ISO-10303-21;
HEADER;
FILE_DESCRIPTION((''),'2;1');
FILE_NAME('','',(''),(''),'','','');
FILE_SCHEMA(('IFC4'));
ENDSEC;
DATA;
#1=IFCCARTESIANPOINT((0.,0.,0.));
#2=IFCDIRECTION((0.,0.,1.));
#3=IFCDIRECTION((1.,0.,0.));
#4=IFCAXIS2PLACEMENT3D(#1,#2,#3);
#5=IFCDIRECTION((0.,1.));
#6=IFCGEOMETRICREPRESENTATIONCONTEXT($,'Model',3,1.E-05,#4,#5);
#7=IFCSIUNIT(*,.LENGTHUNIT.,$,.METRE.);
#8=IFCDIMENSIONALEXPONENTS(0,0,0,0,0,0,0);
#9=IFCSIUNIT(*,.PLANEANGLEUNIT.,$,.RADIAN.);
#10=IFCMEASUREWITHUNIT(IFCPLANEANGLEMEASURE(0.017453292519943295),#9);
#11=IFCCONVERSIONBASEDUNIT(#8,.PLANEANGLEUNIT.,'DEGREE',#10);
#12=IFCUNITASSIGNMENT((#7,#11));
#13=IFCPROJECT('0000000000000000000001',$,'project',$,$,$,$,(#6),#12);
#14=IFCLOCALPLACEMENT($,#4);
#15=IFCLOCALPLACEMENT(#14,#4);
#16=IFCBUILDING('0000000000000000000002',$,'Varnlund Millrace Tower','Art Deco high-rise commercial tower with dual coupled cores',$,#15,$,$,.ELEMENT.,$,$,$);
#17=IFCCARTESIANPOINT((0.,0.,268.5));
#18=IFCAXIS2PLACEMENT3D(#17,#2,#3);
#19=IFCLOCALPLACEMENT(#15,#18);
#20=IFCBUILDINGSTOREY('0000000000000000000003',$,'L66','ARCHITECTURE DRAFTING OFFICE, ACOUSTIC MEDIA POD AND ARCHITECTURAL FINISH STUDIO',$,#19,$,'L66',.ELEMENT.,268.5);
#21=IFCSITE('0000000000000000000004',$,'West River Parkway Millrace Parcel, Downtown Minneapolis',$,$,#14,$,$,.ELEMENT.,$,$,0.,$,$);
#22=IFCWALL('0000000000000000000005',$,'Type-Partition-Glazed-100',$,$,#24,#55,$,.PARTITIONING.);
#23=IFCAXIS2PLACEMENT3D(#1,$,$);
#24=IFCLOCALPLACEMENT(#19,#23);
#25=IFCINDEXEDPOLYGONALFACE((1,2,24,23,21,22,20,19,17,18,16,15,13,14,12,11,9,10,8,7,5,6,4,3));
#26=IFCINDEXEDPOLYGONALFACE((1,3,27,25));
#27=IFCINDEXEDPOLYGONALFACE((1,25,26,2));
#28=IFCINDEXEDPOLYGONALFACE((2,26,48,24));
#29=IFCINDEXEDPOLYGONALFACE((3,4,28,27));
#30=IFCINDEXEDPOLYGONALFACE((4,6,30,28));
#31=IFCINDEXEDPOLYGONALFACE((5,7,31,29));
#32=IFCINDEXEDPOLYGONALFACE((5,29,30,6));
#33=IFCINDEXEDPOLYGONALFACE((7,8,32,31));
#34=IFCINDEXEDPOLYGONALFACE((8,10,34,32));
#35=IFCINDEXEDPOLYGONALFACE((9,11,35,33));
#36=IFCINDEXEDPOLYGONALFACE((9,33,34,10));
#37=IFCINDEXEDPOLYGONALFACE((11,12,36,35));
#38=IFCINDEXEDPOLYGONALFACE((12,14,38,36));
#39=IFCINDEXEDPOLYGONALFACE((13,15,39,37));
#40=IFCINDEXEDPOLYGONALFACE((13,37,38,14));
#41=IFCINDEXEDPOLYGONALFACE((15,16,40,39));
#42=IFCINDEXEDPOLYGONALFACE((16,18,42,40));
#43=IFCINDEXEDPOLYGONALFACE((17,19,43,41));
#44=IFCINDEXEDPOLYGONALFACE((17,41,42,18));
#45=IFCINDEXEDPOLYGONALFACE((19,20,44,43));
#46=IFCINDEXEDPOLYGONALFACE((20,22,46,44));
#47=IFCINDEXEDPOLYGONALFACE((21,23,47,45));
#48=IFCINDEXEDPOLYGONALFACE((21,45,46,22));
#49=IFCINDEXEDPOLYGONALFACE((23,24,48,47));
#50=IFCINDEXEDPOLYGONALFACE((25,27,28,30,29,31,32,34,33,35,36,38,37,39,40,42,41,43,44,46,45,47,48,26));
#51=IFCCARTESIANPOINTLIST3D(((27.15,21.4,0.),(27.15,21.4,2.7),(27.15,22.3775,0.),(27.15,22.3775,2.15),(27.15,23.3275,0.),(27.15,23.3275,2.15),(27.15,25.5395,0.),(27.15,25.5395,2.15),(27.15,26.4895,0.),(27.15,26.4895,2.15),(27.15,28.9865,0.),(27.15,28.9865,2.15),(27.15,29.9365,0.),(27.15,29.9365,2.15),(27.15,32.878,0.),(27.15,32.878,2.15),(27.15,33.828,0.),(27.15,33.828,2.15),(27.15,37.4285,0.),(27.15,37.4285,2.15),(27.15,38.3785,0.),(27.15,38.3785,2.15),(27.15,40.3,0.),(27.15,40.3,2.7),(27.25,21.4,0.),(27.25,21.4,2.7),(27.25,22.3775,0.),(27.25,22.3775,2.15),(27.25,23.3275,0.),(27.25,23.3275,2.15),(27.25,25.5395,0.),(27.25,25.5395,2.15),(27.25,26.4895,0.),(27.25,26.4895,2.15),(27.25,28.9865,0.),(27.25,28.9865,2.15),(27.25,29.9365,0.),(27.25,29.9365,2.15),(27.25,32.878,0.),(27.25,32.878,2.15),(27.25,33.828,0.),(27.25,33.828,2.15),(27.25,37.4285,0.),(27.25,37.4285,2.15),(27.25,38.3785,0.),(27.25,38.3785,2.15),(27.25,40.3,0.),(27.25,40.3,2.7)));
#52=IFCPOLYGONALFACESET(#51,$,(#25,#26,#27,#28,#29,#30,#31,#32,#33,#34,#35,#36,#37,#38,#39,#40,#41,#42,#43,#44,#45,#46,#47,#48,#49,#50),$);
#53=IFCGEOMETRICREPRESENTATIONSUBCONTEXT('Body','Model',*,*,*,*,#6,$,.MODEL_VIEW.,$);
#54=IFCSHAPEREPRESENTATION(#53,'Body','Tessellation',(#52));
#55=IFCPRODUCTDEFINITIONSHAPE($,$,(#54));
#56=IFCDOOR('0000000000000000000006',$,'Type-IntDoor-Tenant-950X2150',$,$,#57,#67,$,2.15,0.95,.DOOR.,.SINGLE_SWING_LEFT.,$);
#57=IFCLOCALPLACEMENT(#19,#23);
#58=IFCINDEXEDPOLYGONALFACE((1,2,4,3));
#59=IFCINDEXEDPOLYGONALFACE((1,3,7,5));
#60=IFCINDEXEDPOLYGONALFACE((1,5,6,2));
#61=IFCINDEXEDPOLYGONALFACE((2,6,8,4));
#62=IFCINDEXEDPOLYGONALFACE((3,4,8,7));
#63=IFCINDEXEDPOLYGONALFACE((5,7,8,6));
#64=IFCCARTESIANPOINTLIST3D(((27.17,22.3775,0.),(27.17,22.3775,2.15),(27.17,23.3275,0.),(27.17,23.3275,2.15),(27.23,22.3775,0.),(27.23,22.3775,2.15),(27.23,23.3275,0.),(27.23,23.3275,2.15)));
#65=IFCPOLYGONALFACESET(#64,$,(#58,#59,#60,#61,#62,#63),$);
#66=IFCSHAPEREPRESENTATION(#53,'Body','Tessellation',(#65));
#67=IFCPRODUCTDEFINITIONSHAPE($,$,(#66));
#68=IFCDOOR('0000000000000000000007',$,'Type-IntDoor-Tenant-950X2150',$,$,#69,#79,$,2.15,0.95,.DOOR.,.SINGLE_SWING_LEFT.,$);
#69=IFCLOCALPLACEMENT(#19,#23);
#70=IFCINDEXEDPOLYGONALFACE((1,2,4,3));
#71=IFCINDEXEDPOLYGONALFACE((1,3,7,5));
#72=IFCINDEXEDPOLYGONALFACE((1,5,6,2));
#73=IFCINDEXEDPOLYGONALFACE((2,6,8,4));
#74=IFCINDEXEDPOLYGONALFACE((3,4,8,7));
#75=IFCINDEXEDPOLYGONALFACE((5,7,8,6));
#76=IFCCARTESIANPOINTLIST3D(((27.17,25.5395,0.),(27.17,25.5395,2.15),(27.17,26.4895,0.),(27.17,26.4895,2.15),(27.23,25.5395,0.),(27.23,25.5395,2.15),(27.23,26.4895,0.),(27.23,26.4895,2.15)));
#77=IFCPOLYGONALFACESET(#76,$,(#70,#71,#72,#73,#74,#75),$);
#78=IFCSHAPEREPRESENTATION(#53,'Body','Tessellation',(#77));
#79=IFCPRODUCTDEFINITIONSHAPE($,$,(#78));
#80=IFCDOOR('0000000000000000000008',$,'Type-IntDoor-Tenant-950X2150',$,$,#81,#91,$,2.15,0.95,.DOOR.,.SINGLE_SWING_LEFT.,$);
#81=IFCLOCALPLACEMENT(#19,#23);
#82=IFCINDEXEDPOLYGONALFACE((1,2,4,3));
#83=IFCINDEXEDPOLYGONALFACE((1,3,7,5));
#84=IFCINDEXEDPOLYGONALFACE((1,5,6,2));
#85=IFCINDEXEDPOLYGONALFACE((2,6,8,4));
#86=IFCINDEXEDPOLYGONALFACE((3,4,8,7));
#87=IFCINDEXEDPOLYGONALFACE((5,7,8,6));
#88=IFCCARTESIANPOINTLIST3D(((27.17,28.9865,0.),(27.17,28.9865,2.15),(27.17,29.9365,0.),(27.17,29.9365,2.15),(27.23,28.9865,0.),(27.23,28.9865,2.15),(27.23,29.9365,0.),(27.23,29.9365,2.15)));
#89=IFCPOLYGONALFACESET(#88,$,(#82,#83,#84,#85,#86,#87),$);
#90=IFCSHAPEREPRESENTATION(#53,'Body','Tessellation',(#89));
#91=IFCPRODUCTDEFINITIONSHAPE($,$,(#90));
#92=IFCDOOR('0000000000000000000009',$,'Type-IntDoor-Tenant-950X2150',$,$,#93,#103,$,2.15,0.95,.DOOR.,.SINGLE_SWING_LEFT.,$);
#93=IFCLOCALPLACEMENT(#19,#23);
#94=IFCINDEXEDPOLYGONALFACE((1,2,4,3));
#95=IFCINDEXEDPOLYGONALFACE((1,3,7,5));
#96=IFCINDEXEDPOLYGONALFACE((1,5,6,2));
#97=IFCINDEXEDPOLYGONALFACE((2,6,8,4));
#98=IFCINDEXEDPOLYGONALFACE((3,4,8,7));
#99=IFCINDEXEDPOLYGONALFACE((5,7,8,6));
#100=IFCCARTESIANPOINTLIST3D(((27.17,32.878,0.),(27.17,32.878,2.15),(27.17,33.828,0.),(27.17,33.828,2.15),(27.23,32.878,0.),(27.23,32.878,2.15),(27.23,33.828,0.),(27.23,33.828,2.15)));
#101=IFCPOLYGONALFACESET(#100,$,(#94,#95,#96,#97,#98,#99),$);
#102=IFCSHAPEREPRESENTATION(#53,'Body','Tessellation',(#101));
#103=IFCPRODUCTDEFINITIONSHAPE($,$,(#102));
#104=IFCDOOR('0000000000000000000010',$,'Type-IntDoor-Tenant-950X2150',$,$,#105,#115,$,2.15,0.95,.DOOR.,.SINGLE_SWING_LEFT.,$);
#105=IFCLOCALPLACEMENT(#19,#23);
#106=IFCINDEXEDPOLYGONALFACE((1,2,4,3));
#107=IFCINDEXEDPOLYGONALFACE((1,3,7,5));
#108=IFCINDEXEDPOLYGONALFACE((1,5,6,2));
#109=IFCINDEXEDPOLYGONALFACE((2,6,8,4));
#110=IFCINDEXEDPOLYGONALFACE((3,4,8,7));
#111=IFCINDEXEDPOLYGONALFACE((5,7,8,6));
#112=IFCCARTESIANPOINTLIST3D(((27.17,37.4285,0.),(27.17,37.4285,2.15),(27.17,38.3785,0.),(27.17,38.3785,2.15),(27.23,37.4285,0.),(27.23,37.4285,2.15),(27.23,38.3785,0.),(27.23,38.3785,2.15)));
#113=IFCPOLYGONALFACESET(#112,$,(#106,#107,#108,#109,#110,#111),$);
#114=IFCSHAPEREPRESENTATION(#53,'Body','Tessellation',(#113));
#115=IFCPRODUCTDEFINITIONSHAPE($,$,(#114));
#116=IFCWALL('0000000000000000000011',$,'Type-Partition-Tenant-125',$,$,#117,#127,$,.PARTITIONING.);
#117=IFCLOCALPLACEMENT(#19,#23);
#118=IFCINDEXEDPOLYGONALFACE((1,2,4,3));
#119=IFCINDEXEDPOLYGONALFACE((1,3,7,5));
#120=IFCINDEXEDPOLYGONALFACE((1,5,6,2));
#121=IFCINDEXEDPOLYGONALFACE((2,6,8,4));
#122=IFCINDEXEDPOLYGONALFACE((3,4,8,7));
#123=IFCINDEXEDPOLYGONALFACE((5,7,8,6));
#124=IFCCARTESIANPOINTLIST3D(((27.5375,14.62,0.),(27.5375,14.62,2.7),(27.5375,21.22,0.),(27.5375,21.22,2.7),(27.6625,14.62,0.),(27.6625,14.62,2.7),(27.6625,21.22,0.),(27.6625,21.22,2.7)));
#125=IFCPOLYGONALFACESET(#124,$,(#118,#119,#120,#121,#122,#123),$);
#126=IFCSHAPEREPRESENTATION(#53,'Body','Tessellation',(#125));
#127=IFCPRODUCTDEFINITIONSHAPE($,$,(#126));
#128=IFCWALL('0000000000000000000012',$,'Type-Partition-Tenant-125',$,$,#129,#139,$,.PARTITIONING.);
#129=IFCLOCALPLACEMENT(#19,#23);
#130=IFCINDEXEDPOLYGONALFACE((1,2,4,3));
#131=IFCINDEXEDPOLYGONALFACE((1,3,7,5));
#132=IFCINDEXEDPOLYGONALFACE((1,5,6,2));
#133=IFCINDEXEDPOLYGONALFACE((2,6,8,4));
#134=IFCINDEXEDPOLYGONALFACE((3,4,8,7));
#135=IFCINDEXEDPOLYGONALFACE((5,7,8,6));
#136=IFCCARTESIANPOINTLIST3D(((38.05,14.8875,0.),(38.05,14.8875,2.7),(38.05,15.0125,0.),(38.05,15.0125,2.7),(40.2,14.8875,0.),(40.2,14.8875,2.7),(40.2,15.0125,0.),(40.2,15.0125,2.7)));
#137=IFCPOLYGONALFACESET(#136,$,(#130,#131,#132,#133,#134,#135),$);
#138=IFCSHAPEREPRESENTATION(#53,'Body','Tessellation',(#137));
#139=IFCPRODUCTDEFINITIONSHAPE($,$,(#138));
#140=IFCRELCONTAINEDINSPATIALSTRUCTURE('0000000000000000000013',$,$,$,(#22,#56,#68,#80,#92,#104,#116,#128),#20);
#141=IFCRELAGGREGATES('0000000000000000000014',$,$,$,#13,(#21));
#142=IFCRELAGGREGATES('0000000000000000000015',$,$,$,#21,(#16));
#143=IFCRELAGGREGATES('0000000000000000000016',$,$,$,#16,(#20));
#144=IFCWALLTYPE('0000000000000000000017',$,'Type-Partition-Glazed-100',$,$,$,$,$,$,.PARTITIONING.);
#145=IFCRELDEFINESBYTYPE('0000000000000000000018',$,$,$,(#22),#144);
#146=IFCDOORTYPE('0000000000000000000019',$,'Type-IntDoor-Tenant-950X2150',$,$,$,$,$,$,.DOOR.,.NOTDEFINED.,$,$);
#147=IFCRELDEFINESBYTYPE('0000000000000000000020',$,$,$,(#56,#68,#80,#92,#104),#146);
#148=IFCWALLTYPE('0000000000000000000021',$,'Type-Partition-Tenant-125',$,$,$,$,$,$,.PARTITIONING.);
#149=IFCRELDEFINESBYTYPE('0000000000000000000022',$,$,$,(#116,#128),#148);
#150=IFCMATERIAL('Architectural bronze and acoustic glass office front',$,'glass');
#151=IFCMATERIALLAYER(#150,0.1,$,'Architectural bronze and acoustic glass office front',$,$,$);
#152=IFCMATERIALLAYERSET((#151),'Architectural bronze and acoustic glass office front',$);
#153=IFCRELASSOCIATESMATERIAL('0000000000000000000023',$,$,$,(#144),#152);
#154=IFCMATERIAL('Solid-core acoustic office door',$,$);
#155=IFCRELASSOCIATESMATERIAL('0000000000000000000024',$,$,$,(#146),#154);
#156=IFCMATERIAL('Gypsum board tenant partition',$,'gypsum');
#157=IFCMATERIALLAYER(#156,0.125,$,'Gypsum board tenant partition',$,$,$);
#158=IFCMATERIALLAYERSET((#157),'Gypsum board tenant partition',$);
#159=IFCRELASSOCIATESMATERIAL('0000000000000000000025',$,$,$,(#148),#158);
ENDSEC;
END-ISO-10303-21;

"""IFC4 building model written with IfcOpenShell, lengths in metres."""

from ifc_helpers import new_model, entity, si_unit, converted_unit, direction, frame, origin_with_axes, origin_2d_with_axis, place, context, subcontext, project, spatial, polyline, rectangle, outline, extrude, material, layer, layer_set, type_object, element, fill, save


model = new_model("IFC4")

# Units and contexts
model_context = context("Model", 3, precision=1e-05, world=origin_with_axes(), true_north=direction((0.0, 1.0)))
body_context = subcontext(model_context, "Body", "Model", "MODEL_VIEW")
ifc_project = project(units=[si_unit("LENGTHUNIT", "METRE"), converted_unit("PLANEANGLEUNIT", "DEGREE", entity("IfcPlaneAngleMeasure", 0.017453292519943295), si_unit("PLANEANGLEUNIT", "RADIAN"), dimensions=[0, 0, 0, 0, 0, 0, 0])], contexts=[model_context])

# Site, building, storey
site_placement = place(None, origin_with_axes())
site = spatial("IfcSite", under=ifc_project, at=site_placement, Name="West River Parkway Millrace Parcel, Downtown Minneapolis", CompositionType="ELEMENT", RefElevation=0.0)
building_placement = place(site_placement, origin_with_axes())
building = spatial("IfcBuilding", under=site, at=building_placement, Name="Varnlund Millrace Tower", Description="Art Deco high-rise commercial tower with dual coupled cores", CompositionType="ELEMENT")
storey_placement = place(building_placement, frame((0.0, 0.0, 268.5), z_axis=(0.0, 0.0, 1.0), x_axis=(1.0, 0.0, 0.0)))
storey = spatial("IfcBuildingStorey", under=building, at=storey_placement, Name="L66", Description="ARCHITECTURE DRAFTING OFFICE, ACOUSTIC MEDIA POD AND ARCHITECTURAL FINISH STUDIO", LongName="L66", CompositionType="ELEMENT", Elevation=268.5)

# Wall, openings, doors
ifc_material_1 = material(Name="Architectural bronze and acoustic glass office front", Category="glass")
ifc_layer_1 = layer(ifc_material_1, 0.1, Name="Architectural bronze and acoustic glass office front")
ifc_layer_set_1 = layer_set([ifc_layer_1], Name="Architectural bronze and acoustic glass office front")
wall_type_1 = type_object("IfcWallType", Name="Type-Partition-Glazed-100", PredefinedType="PARTITIONING", material=ifc_layer_set_1)
wall_1_placement = place(storey_placement, frame((27.2, 21.4, 0.0), z_axis=(0.0, 0.0, 1.0), x_axis=(0.0, 1.0, 0.0)))
wall_1 = element("IfcWall", 1, at=wall_1_placement, inside=storey, type_object=wall_type_1, Name="Type-Partition-Glazed-100", PredefinedType="PARTITIONING", context=body_context, shape_type="SweptSolid", body=[
    extrude(outline(polyline([(0.0, -0.05), (18.9, -0.05), (18.9, 0.05), (0.0, 0.05), (0.0, -0.05)])), origin_with_axes(), (0.0, 0.0, 1.0), 2.7),
])
opening_1_placement = place(wall_1_placement, frame((1.4525, 0.0, 0.0), z_axis=(0.0, 0.0, 1.0), x_axis=(1.0, 0.0, 0.0)))
opening_1 = element("IfcOpeningElement", 2, at=opening_1_placement, cuts=wall_1, PredefinedType="OPENING", context=body_context, shape_type="SweptSolid", body=[
    extrude(rectangle(XDim=0.95, YDim=0.12, at=origin_2d_with_axis()), origin_with_axes(), (0.0, 0.0, 1.0), 2.15),
])
opening_2_placement = place(wall_1_placement, frame((4.6145, 0.0, 0.0), z_axis=(0.0, 0.0, 1.0), x_axis=(1.0, 0.0, 0.0)))
opening_2 = element("IfcOpeningElement", 3, at=opening_2_placement, cuts=wall_1, PredefinedType="OPENING", context=body_context, shape_type="SweptSolid", body=[
    extrude(rectangle(XDim=0.95, YDim=0.12, at=origin_2d_with_axis()), origin_with_axes(), (0.0, 0.0, 1.0), 2.15),
])
opening_3_placement = place(wall_1_placement, frame((8.0615, 0.0, 0.0), z_axis=(0.0, 0.0, 1.0), x_axis=(1.0, 0.0, 0.0)))
opening_3 = element("IfcOpeningElement", 4, at=opening_3_placement, cuts=wall_1, PredefinedType="OPENING", context=body_context, shape_type="SweptSolid", body=[
    extrude(rectangle(XDim=0.95, YDim=0.12, at=origin_2d_with_axis()), origin_with_axes(), (0.0, 0.0, 1.0), 2.15),
])
opening_4_placement = place(wall_1_placement, frame((11.953, 0.0, 0.0), z_axis=(0.0, 0.0, 1.0), x_axis=(1.0, 0.0, 0.0)))
opening_4 = element("IfcOpeningElement", 5, at=opening_4_placement, cuts=wall_1, PredefinedType="OPENING", context=body_context, shape_type="SweptSolid", body=[
    extrude(rectangle(XDim=0.95, YDim=0.12, at=origin_2d_with_axis()), origin_with_axes(), (0.0, 0.0, 1.0), 2.15),
])
opening_5_placement = place(wall_1_placement, frame((16.5035, 0.0, 0.0), z_axis=(0.0, 0.0, 1.0), x_axis=(1.0, 0.0, 0.0)))
opening_5 = element("IfcOpeningElement", 6, at=opening_5_placement, cuts=wall_1, PredefinedType="OPENING", context=body_context, shape_type="SweptSolid", body=[
    extrude(rectangle(XDim=0.95, YDim=0.12, at=origin_2d_with_axis()), origin_with_axes(), (0.0, 0.0, 1.0), 2.15),
])
ifc_material_2 = material(Name="Solid-core acoustic office door")
door_type = type_object("IfcDoorType", Name="Type-IntDoor-Tenant-950X2150", OperationType="NOTDEFINED", PredefinedType="DOOR", material=ifc_material_2)
door_1_placement = place(wall_1_placement, frame((1.4525, 0.0, 0.0), z_axis=(0.0, 0.0, 1.0), x_axis=(1.0, 0.0, 0.0)))
door_1 = element("IfcDoor", 7, at=door_1_placement, inside=storey, type_object=door_type, Name="Type-IntDoor-Tenant-950X2150", OperationType="SINGLE_SWING_LEFT", OverallHeight=2.15, OverallWidth=0.95, PredefinedType="DOOR", context=body_context, shape_type="SweptSolid", body=[
    extrude(rectangle(XDim=0.95, YDim=0.06, at=origin_2d_with_axis()), origin_with_axes(), (0.0, 0.0, 1.0), 2.15),
])
fill(opening_1, door_1)
door_2_placement = place(wall_1_placement, frame((4.6145, 0.0, 0.0), z_axis=(0.0, 0.0, 1.0), x_axis=(1.0, 0.0, 0.0)))
door_2 = element("IfcDoor", 8, at=door_2_placement, inside=storey, type_object=door_type, Name="Type-IntDoor-Tenant-950X2150", OperationType="SINGLE_SWING_LEFT", OverallHeight=2.15, OverallWidth=0.95, PredefinedType="DOOR", context=body_context, shape_type="SweptSolid", body=[
    extrude(rectangle(XDim=0.95, YDim=0.06, at=origin_2d_with_axis()), origin_with_axes(), (0.0, 0.0, 1.0), 2.15),
])
fill(opening_2, door_2)
door_3_placement = place(wall_1_placement, frame((8.0615, 0.0, 0.0), z_axis=(0.0, 0.0, 1.0), x_axis=(1.0, 0.0, 0.0)))
door_3 = element("IfcDoor", 9, at=door_3_placement, inside=storey, type_object=door_type, Name="Type-IntDoor-Tenant-950X2150", OperationType="SINGLE_SWING_LEFT", OverallHeight=2.15, OverallWidth=0.95, PredefinedType="DOOR", context=body_context, shape_type="SweptSolid", body=[
    extrude(rectangle(XDim=0.95, YDim=0.06, at=origin_2d_with_axis()), origin_with_axes(), (0.0, 0.0, 1.0), 2.15),
])
fill(opening_3, door_3)
door_4_placement = place(wall_1_placement, frame((11.953, 0.0, 0.0), z_axis=(0.0, 0.0, 1.0), x_axis=(1.0, 0.0, 0.0)))
door_4 = element("IfcDoor", 10, at=door_4_placement, inside=storey, type_object=door_type, Name="Type-IntDoor-Tenant-950X2150", OperationType="SINGLE_SWING_LEFT", OverallHeight=2.15, OverallWidth=0.95, PredefinedType="DOOR", context=body_context, shape_type="SweptSolid", body=[
    extrude(rectangle(XDim=0.95, YDim=0.06, at=origin_2d_with_axis()), origin_with_axes(), (0.0, 0.0, 1.0), 2.15),
])
fill(opening_4, door_4)
door_5_placement = place(wall_1_placement, frame((16.5035, 0.0, 0.0), z_axis=(0.0, 0.0, 1.0), x_axis=(1.0, 0.0, 0.0)))
door_5 = element("IfcDoor", 11, at=door_5_placement, inside=storey, type_object=door_type, Name="Type-IntDoor-Tenant-950X2150", OperationType="SINGLE_SWING_LEFT", OverallHeight=2.15, OverallWidth=0.95, PredefinedType="DOOR", context=body_context, shape_type="SweptSolid", body=[
    extrude(rectangle(XDim=0.95, YDim=0.06, at=origin_2d_with_axis()), origin_with_axes(), (0.0, 0.0, 1.0), 2.15),
])
fill(opening_5, door_5)

# Walls
ifc_material_3 = material(Name="Gypsum board tenant partition", Category="gypsum")
ifc_layer_2 = layer(ifc_material_3, 0.125, Name="Gypsum board tenant partition")
ifc_layer_set_2 = layer_set([ifc_layer_2], Name="Gypsum board tenant partition")
wall_type_2 = type_object("IfcWallType", Name="Type-Partition-Tenant-125", PredefinedType="PARTITIONING", material=ifc_layer_set_2)
wall_2_placement = place(storey_placement, frame((27.6, 14.62, 0.0), z_axis=(0.0, 0.0, 1.0), x_axis=(0.0, 1.0, 0.0)))
element("IfcWall", 12, at=wall_2_placement, inside=storey, type_object=wall_type_2, Name="Type-Partition-Tenant-125", PredefinedType="PARTITIONING", context=body_context, shape_type="SweptSolid", body=[
    extrude(outline(polyline([(0.0, -0.0625), (6.6, -0.0625), (6.6, 0.0625), (0.0, 0.0625), (0.0, -0.0625)])), origin_with_axes(), (0.0, 0.0, 1.0), 2.7),
])
wall_3_placement = place(storey_placement, frame((38.05, 14.95, 0.0), z_axis=(0.0, 0.0, 1.0), x_axis=(1.0, 0.0, 0.0)))
element("IfcWall", 13, at=wall_3_placement, inside=storey, type_object=wall_type_2, Name="Type-Partition-Tenant-125", PredefinedType="PARTITIONING", context=body_context, shape_type="SweptSolid", body=[
    extrude(outline(polyline([(0.0, -0.0625), (2.15, -0.0625), (2.15, 0.0625), (0.0, 0.0625), (0.0, -0.0625)])), origin_with_axes(), (0.0, 0.0, 1.0), 2.7),
])

save(model, "model.ifc")
